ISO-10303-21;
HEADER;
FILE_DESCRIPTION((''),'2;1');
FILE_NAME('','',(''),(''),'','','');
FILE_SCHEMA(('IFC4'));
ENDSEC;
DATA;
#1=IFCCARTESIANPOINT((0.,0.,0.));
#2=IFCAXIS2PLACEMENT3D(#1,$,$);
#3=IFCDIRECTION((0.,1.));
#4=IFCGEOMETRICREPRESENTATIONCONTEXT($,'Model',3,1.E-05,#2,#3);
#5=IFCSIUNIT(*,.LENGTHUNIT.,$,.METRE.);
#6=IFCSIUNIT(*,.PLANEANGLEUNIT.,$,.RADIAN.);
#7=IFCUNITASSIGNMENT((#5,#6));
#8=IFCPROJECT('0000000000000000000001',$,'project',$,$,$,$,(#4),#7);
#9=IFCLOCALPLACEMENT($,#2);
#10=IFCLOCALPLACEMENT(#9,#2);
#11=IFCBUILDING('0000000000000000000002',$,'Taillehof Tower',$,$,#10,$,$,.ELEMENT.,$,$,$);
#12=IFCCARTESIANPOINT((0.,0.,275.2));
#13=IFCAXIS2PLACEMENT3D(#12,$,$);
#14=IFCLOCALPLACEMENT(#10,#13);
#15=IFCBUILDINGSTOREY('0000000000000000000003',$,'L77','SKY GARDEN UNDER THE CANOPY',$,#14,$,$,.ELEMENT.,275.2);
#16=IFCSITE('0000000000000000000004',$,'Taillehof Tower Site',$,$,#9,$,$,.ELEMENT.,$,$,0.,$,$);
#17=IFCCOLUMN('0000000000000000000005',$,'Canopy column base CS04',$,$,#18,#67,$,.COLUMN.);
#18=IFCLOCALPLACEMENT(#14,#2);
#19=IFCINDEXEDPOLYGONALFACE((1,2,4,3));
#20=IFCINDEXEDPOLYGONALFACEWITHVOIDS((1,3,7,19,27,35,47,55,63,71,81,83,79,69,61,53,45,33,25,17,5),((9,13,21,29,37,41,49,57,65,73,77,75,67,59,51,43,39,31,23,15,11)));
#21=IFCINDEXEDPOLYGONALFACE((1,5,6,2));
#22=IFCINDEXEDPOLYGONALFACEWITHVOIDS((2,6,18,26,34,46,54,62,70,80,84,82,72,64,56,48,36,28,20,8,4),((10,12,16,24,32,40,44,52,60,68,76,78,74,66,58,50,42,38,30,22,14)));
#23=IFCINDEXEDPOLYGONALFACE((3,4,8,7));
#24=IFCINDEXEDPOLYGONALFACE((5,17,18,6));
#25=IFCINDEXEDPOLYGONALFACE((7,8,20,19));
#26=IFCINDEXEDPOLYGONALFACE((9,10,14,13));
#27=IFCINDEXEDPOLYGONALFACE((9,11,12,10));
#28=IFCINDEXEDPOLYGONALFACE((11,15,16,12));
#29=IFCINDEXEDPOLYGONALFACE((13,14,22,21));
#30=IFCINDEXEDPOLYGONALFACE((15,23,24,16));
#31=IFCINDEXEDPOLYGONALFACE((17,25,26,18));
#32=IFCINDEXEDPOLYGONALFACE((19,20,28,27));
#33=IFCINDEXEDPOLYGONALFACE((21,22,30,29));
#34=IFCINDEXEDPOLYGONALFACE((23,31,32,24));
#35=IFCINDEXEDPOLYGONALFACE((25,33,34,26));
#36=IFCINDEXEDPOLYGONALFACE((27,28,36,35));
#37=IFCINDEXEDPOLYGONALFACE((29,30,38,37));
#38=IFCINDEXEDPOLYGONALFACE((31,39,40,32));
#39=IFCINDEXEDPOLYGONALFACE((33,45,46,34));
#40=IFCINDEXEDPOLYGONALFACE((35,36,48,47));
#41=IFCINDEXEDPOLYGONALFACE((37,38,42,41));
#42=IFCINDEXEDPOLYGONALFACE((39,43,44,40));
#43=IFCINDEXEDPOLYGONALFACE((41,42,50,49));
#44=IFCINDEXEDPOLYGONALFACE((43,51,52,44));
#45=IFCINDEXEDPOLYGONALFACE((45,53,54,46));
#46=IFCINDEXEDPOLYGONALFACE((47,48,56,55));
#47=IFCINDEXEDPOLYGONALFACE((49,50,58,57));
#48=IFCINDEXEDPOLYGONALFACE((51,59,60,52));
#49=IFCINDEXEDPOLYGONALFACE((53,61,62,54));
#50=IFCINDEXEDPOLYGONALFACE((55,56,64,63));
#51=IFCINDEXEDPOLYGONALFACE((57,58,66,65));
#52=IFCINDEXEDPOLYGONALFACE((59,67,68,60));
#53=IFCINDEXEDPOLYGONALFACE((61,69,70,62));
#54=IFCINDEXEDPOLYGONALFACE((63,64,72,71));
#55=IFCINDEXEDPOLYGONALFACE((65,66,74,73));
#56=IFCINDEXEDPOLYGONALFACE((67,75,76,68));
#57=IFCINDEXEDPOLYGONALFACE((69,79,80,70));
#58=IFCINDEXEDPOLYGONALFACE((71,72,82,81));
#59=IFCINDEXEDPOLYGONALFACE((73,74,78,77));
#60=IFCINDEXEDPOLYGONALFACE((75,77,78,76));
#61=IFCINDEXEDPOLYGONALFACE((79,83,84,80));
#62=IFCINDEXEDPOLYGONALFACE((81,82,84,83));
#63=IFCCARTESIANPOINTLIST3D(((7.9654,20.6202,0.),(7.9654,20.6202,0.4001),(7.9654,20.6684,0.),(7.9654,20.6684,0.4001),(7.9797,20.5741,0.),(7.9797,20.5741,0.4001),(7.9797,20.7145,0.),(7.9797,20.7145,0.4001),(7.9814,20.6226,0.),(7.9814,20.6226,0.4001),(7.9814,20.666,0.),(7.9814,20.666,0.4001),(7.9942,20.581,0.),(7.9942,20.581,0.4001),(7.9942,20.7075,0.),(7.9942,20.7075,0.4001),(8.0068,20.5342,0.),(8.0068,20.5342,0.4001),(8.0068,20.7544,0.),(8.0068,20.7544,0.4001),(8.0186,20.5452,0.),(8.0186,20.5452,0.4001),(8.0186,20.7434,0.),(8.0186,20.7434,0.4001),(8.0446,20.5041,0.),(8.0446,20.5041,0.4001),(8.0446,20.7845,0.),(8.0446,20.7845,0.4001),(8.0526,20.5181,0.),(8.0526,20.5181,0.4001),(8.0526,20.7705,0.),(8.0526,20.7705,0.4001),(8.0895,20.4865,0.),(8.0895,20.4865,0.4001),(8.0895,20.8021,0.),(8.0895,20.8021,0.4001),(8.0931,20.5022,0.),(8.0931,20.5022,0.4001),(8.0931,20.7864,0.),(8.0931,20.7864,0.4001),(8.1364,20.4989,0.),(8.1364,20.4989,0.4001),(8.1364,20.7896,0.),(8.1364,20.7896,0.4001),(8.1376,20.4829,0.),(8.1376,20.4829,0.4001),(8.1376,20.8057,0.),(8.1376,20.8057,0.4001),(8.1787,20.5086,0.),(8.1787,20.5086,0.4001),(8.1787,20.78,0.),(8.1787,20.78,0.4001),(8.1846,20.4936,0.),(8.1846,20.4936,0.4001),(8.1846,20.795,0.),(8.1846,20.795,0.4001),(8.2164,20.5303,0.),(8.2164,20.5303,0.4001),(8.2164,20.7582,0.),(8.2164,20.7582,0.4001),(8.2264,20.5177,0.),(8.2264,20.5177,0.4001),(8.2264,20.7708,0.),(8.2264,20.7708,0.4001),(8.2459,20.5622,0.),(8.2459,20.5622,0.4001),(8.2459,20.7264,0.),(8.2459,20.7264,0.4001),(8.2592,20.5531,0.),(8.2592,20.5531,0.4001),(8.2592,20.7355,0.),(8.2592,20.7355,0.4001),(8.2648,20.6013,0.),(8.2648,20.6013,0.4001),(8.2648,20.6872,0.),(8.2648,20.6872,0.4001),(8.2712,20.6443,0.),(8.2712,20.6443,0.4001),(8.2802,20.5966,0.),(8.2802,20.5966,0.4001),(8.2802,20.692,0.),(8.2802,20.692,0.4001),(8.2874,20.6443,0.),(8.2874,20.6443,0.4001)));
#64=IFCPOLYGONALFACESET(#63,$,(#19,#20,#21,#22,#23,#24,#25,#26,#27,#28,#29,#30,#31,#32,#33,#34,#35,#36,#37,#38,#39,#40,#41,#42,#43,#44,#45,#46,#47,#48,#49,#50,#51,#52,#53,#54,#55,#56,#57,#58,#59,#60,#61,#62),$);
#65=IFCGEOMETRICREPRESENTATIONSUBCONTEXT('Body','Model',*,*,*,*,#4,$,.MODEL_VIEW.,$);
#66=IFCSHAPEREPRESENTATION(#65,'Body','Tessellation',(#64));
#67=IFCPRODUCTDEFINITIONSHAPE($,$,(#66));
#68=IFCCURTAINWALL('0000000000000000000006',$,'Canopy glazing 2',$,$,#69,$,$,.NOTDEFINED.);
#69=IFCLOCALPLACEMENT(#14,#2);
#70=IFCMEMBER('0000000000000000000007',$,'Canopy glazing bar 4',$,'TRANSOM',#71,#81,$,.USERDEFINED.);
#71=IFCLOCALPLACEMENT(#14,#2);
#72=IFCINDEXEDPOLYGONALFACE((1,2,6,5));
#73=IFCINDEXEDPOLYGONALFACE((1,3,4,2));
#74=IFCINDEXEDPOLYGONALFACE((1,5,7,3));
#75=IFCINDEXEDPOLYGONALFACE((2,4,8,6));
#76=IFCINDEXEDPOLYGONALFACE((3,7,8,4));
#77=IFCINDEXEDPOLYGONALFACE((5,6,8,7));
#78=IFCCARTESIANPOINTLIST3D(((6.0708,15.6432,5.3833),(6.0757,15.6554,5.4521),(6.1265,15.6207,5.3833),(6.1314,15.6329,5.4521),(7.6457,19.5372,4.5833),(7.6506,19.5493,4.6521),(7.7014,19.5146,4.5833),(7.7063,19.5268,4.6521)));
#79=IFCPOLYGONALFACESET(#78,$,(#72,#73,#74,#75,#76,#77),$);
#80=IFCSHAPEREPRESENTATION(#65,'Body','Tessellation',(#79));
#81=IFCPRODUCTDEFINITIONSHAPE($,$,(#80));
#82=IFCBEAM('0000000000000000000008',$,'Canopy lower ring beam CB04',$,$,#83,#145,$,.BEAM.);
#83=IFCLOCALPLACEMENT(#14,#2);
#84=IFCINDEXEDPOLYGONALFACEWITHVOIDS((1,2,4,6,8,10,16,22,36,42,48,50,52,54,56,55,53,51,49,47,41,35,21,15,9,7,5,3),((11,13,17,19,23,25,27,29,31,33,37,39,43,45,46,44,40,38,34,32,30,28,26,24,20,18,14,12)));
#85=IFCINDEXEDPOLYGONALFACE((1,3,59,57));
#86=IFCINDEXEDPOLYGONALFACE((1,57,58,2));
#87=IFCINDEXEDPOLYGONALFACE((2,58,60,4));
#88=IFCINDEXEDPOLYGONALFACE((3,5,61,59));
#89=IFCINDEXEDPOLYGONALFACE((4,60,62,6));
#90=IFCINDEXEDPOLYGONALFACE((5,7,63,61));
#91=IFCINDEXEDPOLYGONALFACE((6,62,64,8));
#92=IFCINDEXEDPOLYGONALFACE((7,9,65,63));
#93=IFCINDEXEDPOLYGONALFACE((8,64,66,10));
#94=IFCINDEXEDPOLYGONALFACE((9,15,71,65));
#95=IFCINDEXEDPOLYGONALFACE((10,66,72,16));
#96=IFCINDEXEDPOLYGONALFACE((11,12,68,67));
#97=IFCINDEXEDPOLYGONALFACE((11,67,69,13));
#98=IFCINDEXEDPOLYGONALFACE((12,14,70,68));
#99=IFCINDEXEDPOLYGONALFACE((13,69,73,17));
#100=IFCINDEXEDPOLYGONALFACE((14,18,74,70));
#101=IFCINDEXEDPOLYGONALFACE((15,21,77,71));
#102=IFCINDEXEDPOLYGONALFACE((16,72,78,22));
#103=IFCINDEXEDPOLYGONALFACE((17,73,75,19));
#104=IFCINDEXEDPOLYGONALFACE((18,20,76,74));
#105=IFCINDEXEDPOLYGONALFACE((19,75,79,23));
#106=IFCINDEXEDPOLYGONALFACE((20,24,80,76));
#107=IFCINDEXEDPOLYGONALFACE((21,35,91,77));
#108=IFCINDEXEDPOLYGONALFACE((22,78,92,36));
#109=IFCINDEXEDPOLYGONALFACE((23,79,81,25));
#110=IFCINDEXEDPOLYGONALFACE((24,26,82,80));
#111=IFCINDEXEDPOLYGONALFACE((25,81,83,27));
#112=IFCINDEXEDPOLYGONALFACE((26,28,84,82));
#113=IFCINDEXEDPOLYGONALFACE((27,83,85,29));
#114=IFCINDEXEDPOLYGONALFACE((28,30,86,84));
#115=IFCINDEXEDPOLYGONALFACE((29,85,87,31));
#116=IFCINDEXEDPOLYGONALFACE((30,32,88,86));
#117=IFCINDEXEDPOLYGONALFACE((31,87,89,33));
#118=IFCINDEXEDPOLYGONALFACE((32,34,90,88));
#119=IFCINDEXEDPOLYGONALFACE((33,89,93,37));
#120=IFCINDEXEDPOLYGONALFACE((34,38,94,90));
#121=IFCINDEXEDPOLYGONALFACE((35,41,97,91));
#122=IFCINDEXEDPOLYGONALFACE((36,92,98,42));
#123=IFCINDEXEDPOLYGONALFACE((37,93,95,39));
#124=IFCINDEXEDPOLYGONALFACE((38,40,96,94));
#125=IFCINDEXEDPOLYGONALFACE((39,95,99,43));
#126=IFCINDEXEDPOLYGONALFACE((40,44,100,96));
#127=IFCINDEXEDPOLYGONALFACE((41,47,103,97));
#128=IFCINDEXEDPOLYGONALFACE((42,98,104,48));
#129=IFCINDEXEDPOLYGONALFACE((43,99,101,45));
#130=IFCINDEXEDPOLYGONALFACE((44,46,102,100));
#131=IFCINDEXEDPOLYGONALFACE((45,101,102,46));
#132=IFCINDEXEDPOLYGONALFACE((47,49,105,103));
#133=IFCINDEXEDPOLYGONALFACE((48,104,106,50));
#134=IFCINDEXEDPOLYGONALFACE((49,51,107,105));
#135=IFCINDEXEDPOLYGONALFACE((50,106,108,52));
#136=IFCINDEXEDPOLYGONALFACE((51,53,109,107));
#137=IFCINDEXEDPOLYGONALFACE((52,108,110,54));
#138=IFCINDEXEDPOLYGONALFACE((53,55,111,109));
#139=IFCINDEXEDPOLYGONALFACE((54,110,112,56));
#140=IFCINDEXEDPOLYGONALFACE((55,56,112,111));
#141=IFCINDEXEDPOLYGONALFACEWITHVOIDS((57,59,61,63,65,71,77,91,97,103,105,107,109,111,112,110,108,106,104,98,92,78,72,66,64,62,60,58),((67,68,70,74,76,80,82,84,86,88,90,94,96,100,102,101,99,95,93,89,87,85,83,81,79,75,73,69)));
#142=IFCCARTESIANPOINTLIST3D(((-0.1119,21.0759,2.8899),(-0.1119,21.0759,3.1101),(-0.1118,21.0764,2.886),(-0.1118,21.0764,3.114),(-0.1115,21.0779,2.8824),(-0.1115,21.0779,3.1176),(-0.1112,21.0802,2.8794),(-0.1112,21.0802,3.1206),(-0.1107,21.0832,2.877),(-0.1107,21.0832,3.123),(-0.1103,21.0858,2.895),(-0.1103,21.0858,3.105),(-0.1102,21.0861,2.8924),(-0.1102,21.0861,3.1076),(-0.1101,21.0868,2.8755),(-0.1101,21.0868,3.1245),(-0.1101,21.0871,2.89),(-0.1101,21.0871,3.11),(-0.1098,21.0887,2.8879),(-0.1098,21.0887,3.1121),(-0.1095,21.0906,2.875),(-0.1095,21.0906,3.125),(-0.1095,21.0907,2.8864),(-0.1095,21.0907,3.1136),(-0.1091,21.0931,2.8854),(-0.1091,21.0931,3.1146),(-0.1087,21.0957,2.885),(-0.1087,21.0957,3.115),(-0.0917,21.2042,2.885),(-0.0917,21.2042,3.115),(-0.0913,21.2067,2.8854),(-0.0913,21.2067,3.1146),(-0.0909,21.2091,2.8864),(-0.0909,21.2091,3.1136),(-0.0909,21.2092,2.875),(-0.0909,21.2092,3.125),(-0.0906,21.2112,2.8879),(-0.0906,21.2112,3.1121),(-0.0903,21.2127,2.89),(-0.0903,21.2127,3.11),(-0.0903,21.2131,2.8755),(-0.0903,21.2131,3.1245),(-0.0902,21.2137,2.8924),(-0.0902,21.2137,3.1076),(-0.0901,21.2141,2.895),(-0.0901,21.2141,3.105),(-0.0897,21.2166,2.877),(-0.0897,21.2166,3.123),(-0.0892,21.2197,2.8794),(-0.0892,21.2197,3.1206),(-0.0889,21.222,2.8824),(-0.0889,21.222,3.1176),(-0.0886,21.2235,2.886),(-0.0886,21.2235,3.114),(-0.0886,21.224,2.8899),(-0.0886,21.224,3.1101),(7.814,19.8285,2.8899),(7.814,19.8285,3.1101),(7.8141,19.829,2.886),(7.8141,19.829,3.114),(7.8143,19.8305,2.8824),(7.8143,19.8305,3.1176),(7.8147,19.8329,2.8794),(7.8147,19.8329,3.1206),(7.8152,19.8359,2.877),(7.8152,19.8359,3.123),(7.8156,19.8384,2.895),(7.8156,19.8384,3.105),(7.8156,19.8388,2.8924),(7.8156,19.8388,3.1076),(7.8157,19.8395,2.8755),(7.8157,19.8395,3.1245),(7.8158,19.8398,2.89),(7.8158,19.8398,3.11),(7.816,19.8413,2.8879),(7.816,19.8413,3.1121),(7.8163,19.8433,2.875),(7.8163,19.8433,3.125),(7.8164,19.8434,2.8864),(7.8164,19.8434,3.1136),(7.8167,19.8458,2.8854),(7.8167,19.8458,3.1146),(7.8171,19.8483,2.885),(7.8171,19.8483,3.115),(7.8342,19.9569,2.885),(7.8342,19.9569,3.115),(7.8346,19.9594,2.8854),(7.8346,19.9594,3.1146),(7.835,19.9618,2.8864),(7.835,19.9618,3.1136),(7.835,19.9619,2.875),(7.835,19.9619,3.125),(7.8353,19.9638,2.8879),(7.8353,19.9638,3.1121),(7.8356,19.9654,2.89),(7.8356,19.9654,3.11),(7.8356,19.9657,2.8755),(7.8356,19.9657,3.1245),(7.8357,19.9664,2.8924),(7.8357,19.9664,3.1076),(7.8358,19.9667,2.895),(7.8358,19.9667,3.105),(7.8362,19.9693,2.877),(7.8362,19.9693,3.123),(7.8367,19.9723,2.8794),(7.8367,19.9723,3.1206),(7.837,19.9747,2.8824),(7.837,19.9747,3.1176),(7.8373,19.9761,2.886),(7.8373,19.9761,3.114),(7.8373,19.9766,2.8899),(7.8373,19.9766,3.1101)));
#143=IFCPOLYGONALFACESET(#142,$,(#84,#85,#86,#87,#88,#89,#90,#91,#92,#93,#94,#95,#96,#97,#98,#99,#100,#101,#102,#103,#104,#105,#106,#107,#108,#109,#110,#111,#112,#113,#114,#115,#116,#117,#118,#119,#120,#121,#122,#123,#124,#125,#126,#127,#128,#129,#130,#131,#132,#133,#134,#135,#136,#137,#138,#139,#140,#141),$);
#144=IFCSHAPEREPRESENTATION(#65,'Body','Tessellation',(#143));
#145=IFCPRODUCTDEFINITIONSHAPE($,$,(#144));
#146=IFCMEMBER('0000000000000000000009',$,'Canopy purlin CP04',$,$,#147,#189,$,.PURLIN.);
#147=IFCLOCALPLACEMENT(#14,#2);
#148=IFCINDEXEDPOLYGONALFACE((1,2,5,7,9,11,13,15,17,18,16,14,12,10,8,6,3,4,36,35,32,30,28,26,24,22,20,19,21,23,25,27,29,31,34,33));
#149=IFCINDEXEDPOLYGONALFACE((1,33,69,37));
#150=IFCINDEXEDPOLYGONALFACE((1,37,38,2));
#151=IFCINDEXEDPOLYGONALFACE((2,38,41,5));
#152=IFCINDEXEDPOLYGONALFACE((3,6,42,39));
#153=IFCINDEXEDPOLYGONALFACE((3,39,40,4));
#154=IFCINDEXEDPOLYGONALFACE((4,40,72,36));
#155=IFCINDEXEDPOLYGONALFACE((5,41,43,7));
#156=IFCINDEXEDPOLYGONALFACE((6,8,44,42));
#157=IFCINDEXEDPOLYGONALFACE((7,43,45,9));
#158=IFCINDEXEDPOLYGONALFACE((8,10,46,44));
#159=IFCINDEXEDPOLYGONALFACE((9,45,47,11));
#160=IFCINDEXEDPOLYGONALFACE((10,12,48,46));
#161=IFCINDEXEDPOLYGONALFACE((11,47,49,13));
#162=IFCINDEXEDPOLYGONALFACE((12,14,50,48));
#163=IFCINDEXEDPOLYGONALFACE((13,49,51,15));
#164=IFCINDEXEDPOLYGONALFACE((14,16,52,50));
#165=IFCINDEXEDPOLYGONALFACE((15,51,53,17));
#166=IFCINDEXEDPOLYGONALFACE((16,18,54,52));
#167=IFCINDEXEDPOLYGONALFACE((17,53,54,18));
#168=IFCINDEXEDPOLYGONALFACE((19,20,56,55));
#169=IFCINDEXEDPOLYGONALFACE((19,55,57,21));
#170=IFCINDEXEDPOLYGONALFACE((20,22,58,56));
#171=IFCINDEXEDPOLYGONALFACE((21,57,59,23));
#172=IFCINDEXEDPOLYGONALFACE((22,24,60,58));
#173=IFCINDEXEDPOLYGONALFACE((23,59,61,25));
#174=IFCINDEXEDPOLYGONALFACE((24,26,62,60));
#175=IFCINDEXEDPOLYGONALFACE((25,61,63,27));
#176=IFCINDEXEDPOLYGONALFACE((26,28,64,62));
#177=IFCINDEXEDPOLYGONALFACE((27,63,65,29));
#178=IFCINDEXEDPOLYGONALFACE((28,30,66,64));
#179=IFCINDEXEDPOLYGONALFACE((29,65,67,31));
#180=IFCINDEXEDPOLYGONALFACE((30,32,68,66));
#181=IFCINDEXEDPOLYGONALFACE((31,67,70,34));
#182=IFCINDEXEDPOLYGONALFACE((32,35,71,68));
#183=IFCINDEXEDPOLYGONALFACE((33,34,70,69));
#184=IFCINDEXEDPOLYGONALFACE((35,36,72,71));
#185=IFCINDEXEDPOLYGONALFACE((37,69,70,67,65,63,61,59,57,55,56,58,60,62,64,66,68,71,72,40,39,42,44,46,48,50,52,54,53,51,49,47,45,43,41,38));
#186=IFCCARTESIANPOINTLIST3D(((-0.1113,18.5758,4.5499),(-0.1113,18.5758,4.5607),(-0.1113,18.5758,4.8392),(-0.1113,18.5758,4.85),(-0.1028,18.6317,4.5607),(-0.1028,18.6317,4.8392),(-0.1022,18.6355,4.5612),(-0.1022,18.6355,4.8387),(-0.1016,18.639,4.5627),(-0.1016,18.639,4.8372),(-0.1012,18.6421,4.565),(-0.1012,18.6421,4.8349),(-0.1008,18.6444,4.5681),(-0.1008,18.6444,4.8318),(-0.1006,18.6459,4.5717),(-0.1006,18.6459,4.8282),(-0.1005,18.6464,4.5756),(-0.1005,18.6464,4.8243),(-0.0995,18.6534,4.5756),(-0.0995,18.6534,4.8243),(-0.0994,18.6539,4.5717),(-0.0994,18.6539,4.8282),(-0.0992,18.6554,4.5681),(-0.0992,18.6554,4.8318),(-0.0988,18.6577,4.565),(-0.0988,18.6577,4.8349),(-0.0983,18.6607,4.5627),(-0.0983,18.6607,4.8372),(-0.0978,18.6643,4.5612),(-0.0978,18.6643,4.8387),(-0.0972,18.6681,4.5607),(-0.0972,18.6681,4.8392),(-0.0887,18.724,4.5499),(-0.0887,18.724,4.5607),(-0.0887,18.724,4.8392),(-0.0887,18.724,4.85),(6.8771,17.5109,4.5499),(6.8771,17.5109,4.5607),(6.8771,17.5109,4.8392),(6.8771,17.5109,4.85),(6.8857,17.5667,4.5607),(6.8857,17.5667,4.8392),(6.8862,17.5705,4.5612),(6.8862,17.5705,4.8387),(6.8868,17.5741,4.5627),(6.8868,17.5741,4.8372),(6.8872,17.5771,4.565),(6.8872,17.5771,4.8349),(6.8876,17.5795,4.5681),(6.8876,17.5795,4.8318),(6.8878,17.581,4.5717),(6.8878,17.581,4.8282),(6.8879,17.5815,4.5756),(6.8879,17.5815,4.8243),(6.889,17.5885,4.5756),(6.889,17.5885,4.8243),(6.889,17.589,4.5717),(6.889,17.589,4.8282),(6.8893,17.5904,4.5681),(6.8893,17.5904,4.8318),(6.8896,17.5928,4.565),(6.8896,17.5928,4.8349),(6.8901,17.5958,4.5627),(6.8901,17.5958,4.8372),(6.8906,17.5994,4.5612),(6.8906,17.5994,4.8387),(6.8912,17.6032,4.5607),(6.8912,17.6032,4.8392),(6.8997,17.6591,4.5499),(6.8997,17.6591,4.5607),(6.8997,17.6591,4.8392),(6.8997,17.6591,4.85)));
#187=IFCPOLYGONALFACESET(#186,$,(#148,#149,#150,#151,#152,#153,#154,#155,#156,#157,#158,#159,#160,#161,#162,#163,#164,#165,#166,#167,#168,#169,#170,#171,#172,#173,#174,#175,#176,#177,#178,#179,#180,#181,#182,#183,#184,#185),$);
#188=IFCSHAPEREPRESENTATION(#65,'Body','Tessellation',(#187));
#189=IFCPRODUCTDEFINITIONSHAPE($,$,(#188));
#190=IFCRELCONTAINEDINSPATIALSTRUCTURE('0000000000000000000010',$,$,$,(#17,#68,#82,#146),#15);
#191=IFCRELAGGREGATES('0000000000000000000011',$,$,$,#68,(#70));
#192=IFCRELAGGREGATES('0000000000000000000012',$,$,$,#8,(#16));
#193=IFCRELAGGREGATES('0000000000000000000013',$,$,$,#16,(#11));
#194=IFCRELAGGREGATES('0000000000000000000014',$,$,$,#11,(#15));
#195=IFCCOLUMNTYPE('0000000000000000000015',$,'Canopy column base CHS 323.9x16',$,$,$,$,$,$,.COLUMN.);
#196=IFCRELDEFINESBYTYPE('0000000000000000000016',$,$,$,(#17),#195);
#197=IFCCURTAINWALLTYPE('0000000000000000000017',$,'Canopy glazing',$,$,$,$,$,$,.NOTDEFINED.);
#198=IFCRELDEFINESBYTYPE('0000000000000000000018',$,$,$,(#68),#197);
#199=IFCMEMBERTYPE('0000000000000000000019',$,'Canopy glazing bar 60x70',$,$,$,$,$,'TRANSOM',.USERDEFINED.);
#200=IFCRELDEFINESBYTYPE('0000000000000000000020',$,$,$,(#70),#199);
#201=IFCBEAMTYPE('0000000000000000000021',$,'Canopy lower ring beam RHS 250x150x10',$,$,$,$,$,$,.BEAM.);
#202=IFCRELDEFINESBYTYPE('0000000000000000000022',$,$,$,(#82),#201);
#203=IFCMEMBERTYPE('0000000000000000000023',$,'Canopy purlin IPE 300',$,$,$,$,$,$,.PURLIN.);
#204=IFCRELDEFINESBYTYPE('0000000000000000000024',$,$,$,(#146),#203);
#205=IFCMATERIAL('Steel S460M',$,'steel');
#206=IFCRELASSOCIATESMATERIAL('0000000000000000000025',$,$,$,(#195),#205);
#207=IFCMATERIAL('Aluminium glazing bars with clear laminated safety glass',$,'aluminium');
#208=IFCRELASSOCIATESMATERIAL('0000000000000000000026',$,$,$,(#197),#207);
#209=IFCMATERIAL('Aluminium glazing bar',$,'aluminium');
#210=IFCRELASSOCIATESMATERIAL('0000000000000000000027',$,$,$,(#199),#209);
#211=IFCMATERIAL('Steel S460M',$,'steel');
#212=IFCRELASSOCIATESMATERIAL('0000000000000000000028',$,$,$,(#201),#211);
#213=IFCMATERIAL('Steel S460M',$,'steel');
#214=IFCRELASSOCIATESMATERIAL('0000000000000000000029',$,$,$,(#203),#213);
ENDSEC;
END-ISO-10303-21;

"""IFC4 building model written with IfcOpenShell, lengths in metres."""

from ifc_helpers import new_model, si_unit, direction, frame, origin, origin_2d, place, context, subcontext, project, spatial, rectangle, hollow_rectangle, hollow_circle, i_section, extrude, material, material_profile, profile_set, type_object, element, aggregate, save


model = new_model("IFC4")

# Units and contexts
model_context = context("Model", 3, precision=1e-05, world=origin(), true_north=direction((0.0, 1.0)))
body_context = subcontext(model_context, "Body", "Model", "MODEL_VIEW")
ifc_project = project(units=[si_unit("LENGTHUNIT", "METRE"), si_unit("PLANEANGLEUNIT", "RADIAN")], contexts=[model_context])

# Site, building, storey
site_placement = place(None, origin())
site = spatial("IfcSite", under=ifc_project, at=site_placement, Name="Taillehof Tower Site", CompositionType="ELEMENT", RefElevation=0.0)
building_placement = place(site_placement, origin())
building = spatial("IfcBuilding", under=site, at=building_placement, Name="Taillehof Tower", CompositionType="ELEMENT")
storey_placement = place(building_placement, frame((0.0, 0.0, 275.2)))
storey = spatial("IfcBuildingStorey", under=building, at=storey_placement, Name="L77", Description="SKY GARDEN UNDER THE CANOPY", CompositionType="ELEMENT", Elevation=275.2)

# Column
ifc_material_1 = material(Name="Steel S460M", Category="steel")
ifc_material_profile_1 = material_profile(ifc_material_1, hollow_circle(Radius=0.1619, WallThickness=0.0161, at=origin_2d()), Name="CHS 323.9x16")
ifc_profile_set_1 = profile_set([ifc_material_profile_1], Name="Steel S460M")
column_type = type_object("IfcColumnType", Name="Canopy column base CHS 323.9x16", PredefinedType="COLUMN", material=ifc_profile_set_1)
column_placement = place(storey_placement, frame((8.1255, 20.6443, 0.0), z_axis=(0.0, 0.0, 1.0), x_axis=(1.0, 0.0, 0.0)))
element("IfcColumn", 1, at=column_placement, inside=storey, type_object=column_type, Name="Canopy column base CS04", PredefinedType="COLUMN", context=body_context, shape_type="SweptSolid", body=[
    extrude(hollow_circle(Radius=0.1619, WallThickness=0.0161, at=origin_2d()), origin(), (0.0, 0.0, 1.0), 0.4001),
])

# Curtain wall, member
ifc_material_2 = material(Name="Aluminium glazing bars with clear laminated safety glass", Category="aluminium")
curtain_wall_type = type_object("IfcCurtainWallType", Name="Canopy glazing", PredefinedType="NOTDEFINED", material=ifc_material_2)
curtain_wall_placement = place(storey_placement, origin())
curtain_wall = element("IfcCurtainWall", 2, at=curtain_wall_placement, inside=storey, type_object=curtain_wall_type, Name="Canopy glazing 2", PredefinedType="NOTDEFINED")
ifc_material_3 = material(Name="Aluminium glazing bar", Category="aluminium")
ifc_material_profile_2 = material_profile(ifc_material_3, rectangle(XDim=0.0601, YDim=0.0701, at=origin_2d()), Name="AL 60x70")
ifc_profile_set_2 = profile_set([ifc_material_profile_2], Name="Aluminium glazing bar")
member_type_1 = type_object("IfcMemberType", Name="Canopy glazing bar 60x70", ElementType="TRANSOM", PredefinedType="USERDEFINED", material=ifc_profile_set_2)
member_1_placement = place(storey_placement, frame((7.676, 19.532, 4.6177), z_axis=(-0.368324, -0.910676, 0.187102), x_axis=(0.927047, -0.374945, 0.0)))
member_1 = element("IfcMember", 3, at=member_1_placement, type_object=member_type_1, Name="Canopy glazing bar 4", ObjectType="TRANSOM", PredefinedType="USERDEFINED", context=body_context, shape_type="SweptSolid", body=[
    extrude(rectangle(XDim=0.0601, YDim=0.0701, at=origin_2d()), origin(), (0.0, 0.0, 1.0), 4.2759),
])
aggregate(curtain_wall, [member_1])

# Beam
ifc_material_4 = material(Name="Steel S460M", Category="steel")
ifc_material_profile_3 = material_profile(ifc_material_4, hollow_rectangle(XDim=0.1499, YDim=0.25, WallThickness=0.01, InnerFilletRadius=0.01, OuterFilletRadius=0.0149, at=origin_2d()), Name="RHS 250x150x10")
ifc_profile_set_3 = profile_set([ifc_material_profile_3], Name="Steel S460M")
beam_type_1 = type_object("IfcBeamType", Name="Canopy lower ring beam RHS 250x150x10", PredefinedType="BEAM", material=ifc_profile_set_3)
beam_1_placement = place(storey_placement, frame((7.8257, 19.9026, 3.0), z_axis=(-0.987842, 0.155461, 0.0), x_axis=(-0.155461, -0.987842, 0.0)))
element("IfcBeam", 4, at=beam_1_placement, inside=storey, type_object=beam_type_1, Name="Canopy lower ring beam CB04", PredefinedType="BEAM", context=body_context, shape_type="SweptSolid", body=[
    extrude(hollow_rectangle(XDim=0.1499, YDim=0.25, WallThickness=0.01, InnerFilletRadius=0.01, OuterFilletRadius=0.0149, at=origin_2d()), origin(), (0.0, 0.0, 1.0), 8.0234),
])

# Member
ifc_material_5 = material(Name="Steel S460M", Category="steel")
ifc_material_profile_4 = material_profile(ifc_material_5, i_section(OverallWidth=0.1499, OverallDepth=0.3, WebThickness=0.0071, FlangeThickness=0.0107, FilletRadius=0.0149, at=origin_2d()), Name="IPE 300")
ifc_profile_set_4 = profile_set([ifc_material_profile_4], Name="Steel S460M")
member_type_2 = type_object("IfcMemberType", Name="Canopy purlin IPE 300", PredefinedType="PURLIN", material=ifc_profile_set_4)
member_2_placement = place(storey_placement, frame((6.8884, 17.585, 4.7), z_axis=(-0.988588, 0.150645, 0.0), x_axis=(-0.150645, -0.988588, 0.0)))
element("IfcMember", 5, at=member_2_placement, inside=storey, type_object=member_type_2, Name="Canopy purlin CP04", PredefinedType="PURLIN", context=body_context, shape_type="SweptSolid", body=[
    extrude(i_section(OverallWidth=0.1499, OverallDepth=0.3, WebThickness=0.0071, FlangeThickness=0.0107, FilletRadius=0.0149, at=origin_2d()), origin(), (0.0, 0.0, 1.0), 7.0691),
])

save(model, "model.ifc")
